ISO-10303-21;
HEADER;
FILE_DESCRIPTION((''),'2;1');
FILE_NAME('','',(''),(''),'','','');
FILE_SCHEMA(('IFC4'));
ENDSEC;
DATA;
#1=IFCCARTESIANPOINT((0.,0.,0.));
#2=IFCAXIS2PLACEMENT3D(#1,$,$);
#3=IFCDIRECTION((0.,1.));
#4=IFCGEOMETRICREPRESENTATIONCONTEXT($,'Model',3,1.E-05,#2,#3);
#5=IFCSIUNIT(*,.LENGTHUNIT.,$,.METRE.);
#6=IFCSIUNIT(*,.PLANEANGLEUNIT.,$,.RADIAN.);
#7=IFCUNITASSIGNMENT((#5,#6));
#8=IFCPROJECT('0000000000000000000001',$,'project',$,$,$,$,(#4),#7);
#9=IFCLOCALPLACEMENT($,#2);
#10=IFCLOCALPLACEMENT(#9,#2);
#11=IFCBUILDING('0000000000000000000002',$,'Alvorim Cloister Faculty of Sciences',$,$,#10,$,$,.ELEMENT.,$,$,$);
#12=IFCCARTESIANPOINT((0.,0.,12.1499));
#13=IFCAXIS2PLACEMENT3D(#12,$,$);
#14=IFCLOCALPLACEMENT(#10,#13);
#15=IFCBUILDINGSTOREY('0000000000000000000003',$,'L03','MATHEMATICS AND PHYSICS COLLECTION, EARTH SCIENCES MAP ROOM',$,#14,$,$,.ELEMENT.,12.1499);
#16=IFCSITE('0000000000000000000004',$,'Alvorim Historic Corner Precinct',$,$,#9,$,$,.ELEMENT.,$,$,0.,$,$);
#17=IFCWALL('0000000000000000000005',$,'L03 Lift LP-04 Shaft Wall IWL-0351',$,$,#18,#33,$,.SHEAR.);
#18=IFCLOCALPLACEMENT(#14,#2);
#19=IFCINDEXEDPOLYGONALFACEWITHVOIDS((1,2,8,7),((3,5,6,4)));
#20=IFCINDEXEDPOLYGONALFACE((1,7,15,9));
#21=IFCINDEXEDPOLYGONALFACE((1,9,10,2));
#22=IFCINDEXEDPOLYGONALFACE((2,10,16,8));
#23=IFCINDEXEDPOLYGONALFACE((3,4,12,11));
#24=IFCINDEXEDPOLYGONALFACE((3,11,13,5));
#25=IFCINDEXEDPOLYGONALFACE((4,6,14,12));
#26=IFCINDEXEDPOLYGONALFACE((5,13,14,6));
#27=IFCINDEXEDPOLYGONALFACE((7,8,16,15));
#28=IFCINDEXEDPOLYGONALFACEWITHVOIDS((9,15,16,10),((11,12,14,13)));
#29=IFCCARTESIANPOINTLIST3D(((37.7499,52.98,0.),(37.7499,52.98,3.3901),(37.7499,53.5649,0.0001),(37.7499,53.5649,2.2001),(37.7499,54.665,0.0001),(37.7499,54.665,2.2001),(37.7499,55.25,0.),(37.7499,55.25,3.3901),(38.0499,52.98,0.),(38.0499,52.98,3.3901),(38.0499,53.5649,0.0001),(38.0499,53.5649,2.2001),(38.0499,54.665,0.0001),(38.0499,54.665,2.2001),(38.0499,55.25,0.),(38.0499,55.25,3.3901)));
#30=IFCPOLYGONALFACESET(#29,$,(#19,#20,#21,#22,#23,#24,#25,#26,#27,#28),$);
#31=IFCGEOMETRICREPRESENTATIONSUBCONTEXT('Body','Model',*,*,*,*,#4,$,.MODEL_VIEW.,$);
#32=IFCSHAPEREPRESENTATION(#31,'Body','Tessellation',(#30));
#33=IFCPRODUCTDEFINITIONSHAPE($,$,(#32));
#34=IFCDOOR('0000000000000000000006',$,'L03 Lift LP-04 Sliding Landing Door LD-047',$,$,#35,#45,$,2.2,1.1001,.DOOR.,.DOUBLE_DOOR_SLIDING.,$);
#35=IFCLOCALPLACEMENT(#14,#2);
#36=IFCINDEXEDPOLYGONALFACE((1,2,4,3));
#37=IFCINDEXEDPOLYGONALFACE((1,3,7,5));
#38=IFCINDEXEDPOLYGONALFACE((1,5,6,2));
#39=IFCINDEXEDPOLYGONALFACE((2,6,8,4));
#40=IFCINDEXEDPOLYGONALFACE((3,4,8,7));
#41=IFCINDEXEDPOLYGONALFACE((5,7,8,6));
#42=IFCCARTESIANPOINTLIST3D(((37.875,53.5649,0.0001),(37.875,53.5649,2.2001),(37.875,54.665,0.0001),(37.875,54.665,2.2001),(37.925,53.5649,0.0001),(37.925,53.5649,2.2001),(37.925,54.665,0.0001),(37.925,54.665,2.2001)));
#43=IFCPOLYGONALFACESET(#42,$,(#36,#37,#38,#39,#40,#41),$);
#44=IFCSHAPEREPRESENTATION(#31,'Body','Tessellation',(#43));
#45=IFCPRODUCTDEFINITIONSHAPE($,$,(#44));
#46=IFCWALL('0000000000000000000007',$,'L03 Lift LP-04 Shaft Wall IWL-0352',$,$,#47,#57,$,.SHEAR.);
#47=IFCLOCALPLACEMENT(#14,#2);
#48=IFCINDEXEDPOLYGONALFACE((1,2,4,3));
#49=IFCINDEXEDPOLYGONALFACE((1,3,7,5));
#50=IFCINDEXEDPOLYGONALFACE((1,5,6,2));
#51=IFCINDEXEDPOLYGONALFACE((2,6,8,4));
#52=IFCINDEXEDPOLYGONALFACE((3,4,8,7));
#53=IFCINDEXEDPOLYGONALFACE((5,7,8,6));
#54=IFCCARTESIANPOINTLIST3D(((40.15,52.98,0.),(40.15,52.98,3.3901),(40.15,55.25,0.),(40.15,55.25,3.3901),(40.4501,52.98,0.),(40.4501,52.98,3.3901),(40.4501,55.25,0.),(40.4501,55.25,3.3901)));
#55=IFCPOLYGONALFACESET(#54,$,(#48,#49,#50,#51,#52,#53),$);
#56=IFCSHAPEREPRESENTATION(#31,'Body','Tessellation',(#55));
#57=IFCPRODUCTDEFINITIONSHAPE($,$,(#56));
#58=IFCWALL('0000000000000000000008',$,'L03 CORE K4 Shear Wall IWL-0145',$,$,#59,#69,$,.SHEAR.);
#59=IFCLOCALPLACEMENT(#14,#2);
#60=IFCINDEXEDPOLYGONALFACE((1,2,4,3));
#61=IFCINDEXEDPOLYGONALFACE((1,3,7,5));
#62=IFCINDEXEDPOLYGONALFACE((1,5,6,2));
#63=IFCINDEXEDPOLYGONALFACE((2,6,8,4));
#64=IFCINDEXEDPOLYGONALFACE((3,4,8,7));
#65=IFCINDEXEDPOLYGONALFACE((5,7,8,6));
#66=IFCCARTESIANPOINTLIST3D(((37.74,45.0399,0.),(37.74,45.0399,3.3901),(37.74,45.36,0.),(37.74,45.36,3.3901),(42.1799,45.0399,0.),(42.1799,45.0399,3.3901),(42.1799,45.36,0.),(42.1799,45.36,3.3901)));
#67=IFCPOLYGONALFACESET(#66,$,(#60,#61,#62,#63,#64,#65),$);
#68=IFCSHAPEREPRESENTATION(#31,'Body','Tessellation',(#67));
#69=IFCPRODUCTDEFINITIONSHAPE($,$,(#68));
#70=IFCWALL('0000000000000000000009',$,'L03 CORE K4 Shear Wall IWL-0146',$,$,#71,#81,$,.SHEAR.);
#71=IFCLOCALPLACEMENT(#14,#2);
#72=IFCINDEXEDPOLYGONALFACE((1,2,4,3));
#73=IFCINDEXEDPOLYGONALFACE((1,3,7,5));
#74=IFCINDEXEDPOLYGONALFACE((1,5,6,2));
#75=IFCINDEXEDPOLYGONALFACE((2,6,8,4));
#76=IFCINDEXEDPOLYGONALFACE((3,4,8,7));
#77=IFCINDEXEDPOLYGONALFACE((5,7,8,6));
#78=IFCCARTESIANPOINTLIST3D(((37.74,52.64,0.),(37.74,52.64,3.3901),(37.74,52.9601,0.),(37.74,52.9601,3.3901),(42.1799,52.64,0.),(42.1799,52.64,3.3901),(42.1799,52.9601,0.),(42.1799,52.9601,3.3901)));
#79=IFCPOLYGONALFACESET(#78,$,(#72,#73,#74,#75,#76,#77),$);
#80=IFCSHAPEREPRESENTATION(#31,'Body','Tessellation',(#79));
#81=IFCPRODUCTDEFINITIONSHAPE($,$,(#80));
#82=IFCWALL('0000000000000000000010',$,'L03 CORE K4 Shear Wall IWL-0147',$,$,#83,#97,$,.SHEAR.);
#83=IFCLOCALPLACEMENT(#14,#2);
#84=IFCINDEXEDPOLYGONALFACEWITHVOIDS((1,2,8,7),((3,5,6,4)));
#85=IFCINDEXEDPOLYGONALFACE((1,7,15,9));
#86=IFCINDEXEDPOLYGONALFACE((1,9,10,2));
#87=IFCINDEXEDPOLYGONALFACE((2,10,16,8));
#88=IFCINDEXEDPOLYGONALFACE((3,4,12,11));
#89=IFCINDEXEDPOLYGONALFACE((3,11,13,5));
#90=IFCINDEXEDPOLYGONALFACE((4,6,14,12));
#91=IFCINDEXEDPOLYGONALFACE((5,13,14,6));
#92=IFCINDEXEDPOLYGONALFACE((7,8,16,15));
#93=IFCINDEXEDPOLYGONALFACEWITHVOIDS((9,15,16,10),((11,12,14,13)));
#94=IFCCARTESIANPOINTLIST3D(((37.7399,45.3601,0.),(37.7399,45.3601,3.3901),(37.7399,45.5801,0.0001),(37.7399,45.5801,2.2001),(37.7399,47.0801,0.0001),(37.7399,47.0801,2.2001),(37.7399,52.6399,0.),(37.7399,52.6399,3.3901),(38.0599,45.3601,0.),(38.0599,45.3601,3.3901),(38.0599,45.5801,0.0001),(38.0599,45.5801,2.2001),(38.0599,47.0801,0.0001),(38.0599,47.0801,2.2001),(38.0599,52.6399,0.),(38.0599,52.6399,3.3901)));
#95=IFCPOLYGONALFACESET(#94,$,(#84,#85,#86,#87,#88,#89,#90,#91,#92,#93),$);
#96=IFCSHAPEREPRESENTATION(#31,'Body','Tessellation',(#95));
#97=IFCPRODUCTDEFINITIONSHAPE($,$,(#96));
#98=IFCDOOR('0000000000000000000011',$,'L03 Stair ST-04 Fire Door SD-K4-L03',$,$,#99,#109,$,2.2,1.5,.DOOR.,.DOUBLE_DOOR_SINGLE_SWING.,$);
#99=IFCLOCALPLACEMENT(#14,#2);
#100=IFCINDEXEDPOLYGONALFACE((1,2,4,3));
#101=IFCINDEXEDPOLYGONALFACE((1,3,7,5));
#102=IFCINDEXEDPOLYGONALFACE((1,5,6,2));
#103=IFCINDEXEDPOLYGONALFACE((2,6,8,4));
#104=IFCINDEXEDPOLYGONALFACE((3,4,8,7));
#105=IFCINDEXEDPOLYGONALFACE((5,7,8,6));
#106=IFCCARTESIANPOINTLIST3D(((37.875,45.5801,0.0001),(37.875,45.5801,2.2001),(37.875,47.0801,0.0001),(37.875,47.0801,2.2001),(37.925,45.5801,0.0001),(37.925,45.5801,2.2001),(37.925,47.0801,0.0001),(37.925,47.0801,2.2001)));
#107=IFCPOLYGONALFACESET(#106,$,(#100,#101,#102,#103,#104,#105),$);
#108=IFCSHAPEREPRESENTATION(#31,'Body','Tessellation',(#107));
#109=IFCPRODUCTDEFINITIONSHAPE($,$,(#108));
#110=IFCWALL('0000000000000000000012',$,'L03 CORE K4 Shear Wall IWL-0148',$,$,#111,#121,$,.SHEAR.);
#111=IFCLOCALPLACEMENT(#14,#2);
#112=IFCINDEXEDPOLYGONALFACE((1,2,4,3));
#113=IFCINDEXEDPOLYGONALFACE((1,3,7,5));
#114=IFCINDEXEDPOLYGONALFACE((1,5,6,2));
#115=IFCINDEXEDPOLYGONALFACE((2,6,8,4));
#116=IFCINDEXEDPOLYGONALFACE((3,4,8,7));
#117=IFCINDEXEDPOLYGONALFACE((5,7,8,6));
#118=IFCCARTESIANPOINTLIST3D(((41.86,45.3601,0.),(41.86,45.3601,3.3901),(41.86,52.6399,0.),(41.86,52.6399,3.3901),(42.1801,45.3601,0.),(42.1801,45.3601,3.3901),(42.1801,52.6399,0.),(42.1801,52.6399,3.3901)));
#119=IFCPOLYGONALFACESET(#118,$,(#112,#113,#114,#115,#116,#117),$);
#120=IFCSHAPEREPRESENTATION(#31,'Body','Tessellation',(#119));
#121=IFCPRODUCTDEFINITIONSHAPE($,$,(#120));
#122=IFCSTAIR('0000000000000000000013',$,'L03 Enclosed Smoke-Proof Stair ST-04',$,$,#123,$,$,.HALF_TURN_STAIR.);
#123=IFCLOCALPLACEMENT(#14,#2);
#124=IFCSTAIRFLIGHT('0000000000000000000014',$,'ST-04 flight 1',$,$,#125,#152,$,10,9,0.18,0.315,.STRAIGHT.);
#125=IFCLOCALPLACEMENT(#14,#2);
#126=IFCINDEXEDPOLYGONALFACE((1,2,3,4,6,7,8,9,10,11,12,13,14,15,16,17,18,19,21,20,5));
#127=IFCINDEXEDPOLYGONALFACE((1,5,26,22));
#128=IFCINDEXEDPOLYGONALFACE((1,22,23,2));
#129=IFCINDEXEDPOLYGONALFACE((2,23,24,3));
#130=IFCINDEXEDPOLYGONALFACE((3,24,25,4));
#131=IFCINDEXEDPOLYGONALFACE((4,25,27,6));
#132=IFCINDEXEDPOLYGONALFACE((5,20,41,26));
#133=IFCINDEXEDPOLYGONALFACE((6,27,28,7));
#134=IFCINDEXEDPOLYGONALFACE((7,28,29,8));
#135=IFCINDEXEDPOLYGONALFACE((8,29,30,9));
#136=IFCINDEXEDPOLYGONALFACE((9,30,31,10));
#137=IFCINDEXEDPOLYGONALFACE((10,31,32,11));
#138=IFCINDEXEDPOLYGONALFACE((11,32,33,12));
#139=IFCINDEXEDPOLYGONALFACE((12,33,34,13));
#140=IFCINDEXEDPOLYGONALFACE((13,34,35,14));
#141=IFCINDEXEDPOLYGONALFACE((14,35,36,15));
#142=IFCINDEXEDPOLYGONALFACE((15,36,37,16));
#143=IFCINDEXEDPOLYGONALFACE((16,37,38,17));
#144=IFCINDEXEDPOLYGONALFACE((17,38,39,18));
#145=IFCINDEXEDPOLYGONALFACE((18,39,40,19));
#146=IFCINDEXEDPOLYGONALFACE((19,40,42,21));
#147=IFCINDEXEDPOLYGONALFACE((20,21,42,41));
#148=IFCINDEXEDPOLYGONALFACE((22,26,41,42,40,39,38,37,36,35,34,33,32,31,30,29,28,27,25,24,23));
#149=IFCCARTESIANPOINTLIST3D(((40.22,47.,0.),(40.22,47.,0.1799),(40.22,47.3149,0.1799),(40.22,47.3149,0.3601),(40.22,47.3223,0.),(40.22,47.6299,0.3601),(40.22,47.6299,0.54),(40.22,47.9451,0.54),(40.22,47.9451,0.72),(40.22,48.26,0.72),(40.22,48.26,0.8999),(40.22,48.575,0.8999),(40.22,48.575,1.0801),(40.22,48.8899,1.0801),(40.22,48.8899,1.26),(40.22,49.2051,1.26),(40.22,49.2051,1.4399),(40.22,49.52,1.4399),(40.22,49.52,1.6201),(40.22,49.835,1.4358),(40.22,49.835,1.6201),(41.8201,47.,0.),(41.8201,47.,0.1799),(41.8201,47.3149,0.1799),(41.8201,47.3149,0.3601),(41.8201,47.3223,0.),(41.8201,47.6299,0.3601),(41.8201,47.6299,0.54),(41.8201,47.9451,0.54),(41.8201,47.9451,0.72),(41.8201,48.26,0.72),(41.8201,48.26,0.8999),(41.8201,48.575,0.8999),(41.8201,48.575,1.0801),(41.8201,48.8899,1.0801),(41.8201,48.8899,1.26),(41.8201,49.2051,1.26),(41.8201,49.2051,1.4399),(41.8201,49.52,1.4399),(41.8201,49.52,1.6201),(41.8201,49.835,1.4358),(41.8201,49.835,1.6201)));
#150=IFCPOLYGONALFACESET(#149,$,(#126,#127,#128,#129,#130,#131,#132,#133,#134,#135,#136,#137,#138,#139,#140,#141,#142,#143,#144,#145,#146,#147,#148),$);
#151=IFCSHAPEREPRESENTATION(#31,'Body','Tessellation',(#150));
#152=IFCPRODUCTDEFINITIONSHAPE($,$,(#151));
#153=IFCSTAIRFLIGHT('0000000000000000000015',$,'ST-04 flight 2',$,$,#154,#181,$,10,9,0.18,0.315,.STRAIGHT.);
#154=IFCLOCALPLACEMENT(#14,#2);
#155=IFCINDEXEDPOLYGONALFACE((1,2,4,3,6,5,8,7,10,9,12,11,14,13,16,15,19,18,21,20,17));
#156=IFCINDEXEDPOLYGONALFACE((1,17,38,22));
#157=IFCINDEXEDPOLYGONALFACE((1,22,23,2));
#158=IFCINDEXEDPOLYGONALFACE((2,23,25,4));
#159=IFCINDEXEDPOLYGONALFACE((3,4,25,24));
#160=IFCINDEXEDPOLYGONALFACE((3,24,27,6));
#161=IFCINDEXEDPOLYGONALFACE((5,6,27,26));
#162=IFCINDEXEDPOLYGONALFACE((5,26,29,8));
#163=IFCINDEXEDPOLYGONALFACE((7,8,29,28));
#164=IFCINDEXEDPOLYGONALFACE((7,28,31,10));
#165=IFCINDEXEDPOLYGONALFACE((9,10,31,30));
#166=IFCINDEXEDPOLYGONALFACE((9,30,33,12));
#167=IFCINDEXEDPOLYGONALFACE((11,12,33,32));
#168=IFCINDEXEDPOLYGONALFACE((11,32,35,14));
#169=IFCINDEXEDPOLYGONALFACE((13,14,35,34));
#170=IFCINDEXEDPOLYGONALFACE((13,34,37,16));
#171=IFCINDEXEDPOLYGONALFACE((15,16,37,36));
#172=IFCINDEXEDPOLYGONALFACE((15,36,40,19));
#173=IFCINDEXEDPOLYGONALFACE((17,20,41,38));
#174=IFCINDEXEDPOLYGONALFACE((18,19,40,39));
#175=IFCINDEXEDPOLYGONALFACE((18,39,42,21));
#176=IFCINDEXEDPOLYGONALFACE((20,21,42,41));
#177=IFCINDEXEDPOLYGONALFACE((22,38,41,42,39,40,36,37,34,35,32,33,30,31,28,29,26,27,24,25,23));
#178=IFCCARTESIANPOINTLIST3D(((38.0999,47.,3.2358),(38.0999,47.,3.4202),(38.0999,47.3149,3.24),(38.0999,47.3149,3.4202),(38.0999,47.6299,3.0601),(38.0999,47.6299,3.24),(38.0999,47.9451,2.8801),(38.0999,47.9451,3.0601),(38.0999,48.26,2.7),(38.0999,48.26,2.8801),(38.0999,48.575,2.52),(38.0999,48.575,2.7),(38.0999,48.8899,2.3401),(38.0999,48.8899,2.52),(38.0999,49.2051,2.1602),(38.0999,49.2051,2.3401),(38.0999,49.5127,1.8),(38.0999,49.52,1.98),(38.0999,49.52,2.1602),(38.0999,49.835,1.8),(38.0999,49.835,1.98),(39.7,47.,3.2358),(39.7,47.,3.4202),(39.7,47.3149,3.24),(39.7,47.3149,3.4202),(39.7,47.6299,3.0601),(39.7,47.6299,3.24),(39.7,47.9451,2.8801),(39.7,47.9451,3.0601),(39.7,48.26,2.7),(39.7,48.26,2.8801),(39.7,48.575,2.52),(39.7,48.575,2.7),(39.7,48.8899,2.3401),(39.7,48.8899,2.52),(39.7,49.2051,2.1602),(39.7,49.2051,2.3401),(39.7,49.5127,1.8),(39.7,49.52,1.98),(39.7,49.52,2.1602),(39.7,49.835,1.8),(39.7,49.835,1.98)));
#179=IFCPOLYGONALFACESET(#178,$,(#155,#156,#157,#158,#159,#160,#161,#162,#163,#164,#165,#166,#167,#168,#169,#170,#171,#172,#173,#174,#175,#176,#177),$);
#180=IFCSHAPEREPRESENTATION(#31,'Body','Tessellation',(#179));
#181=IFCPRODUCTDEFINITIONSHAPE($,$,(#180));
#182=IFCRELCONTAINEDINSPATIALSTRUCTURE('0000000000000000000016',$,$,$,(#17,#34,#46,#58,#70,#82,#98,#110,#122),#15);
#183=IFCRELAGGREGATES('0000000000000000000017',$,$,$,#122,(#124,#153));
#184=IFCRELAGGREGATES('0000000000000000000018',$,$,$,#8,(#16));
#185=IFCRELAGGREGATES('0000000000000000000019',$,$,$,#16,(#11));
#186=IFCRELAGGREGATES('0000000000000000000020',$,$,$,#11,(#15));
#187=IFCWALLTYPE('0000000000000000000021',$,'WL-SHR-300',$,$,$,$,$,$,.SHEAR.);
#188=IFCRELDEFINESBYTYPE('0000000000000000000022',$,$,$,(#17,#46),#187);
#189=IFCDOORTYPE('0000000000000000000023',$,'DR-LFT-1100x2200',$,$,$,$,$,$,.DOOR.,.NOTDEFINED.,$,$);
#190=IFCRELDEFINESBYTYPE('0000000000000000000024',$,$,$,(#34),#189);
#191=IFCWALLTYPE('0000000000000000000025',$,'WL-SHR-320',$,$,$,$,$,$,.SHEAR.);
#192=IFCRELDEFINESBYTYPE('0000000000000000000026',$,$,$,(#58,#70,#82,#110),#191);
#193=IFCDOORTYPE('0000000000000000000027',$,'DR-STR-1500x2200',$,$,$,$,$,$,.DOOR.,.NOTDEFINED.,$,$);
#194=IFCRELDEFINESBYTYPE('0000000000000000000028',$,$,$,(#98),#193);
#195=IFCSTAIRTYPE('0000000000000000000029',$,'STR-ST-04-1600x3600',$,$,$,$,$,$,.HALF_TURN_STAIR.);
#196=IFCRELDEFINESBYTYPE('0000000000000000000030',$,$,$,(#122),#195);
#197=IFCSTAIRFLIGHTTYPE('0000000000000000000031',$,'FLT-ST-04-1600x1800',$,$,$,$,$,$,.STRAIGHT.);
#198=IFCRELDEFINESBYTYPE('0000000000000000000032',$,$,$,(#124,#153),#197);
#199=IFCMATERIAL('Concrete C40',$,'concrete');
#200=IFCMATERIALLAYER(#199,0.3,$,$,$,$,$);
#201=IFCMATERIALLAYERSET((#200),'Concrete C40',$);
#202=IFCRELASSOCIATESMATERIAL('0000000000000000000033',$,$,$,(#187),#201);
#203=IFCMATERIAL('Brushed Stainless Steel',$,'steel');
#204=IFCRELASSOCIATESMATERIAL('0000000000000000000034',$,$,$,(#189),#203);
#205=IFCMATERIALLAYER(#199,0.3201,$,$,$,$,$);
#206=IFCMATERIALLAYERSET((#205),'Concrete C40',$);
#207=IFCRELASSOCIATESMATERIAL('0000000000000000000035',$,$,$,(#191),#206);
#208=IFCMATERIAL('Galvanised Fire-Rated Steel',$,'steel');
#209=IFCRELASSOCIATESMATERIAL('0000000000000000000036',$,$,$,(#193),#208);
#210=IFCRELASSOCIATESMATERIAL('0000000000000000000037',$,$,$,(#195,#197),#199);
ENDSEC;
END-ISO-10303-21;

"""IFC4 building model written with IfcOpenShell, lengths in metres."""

from ifc_helpers import new_model, si_unit, direction, frame, frame_2d, origin, place, context, subcontext, project, spatial, polyline, rectangle, outline, extrude, material, layer, layer_set, type_object, element, fill, aggregate, save


model = new_model("IFC4")

# Units and contexts
model_context = context("Model", 3, precision=1e-05, world=origin(), true_north=direction((0.0, 1.0)))
body_context = subcontext(model_context, "Body", "Model", "MODEL_VIEW")
ifc_project = project(units=[si_unit("LENGTHUNIT", "METRE"), si_unit("PLANEANGLEUNIT", "RADIAN")], contexts=[model_context])

# Site, building, storey
site_placement = place(None, origin())
site = spatial("IfcSite", under=ifc_project, at=site_placement, Name="Alvorim Historic Corner Precinct", CompositionType="ELEMENT", RefElevation=0.0)
building_placement = place(site_placement, origin())
building = spatial("IfcBuilding", under=site, at=building_placement, Name="Alvorim Cloister Faculty of Sciences", CompositionType="ELEMENT")
storey_placement = place(building_placement, frame((0.0, 0.0, 12.1499)))
storey = spatial("IfcBuildingStorey", under=building, at=storey_placement, Name="L03", Description="MATHEMATICS AND PHYSICS COLLECTION, EARTH SCIENCES MAP ROOM", CompositionType="ELEMENT", Elevation=12.1499)

# Shared definitions
ifc_material_1 = material(Name="Concrete C40", Category="concrete")
ifc_layer_1 = layer(ifc_material_1, 0.3)
ifc_layer_set_1 = layer_set([ifc_layer_1], Name="Concrete C40")
wall_type_1 = type_object("IfcWallType", Name="WL-SHR-300", PredefinedType="SHEAR", material=ifc_layer_set_1)

# Wall, opening, door
wall_1_placement = place(storey_placement, frame((37.8999, 52.98, 0.0), z_axis=(0.0, 0.0, 1.0), x_axis=(0.0, 1.0, 0.0)))
wall_1 = element("IfcWall", 1, at=wall_1_placement, inside=storey, type_object=wall_type_1, Name="L03 Lift LP-04 Shaft Wall IWL-0351", PredefinedType="SHEAR", context=body_context, shape_type="SweptSolid", body=[
    extrude(rectangle(XDim=2.27, YDim=0.3, at=frame_2d((1.135, 0.0))), origin(), (0.0, 0.0, 1.0), 3.3901),
])
opening_1_placement = place(wall_1_placement, frame((0.585, 0.0, 0.0)))
opening_1 = element("IfcOpeningElement", 2, at=opening_1_placement, cuts=wall_1, PredefinedType="OPENING", context=body_context, shape_type="SweptSolid", body=[
    extrude(rectangle(XDim=1.1001, YDim=2.2, at=frame_2d((0.55, 1.1001))), frame((0.0, 0.1621, 0.0), z_axis=(0.0, -1.0, 0.0), x_axis=(1.0, 0.0, 0.0)), (0.0, 0.0, 1.0), 0.324),
])
ifc_material_2 = material(Name="Brushed Stainless Steel", Category="steel")
door_type_1 = type_object("IfcDoorType", Name="DR-LFT-1100x2200", OperationType="NOTDEFINED", PredefinedType="DOOR", material=ifc_material_2)
door_1_placement = place(opening_1_placement, origin())
door_1 = element("IfcDoor", 3, at=door_1_placement, inside=storey, type_object=door_type_1, Name="L03 Lift LP-04 Sliding Landing Door LD-047", OperationType="DOUBLE_DOOR_SLIDING", OverallHeight=2.2, OverallWidth=1.1001, PredefinedType="DOOR", context=body_context, shape_type="SweptSolid", body=[
    extrude(rectangle(XDim=1.1001, YDim=2.2, at=frame_2d((0.55, 1.1001))), frame((0.0, 0.0249, 0.0), z_axis=(0.0, -1.0, 0.0), x_axis=(1.0, 0.0, 0.0)), (0.0, 0.0, 1.0), 0.05),
])
fill(opening_1, door_1)

# Walls
wall_2_placement = place(storey_placement, frame((40.3, 52.98, 0.0), z_axis=(0.0, 0.0, 1.0), x_axis=(0.0, 1.0, 0.0)))
element("IfcWall", 4, at=wall_2_placement, inside=storey, type_object=wall_type_1, Name="L03 Lift LP-04 Shaft Wall IWL-0352", PredefinedType="SHEAR", context=body_context, shape_type="SweptSolid", body=[
    extrude(rectangle(XDim=2.27, YDim=0.3, at=frame_2d((1.135, 0.0))), origin(), (0.0, 0.0, 1.0), 3.3901),
])
ifc_layer_2 = layer(ifc_material_1, 0.3201)
ifc_layer_set_2 = layer_set([ifc_layer_2], Name="Concrete C40")
wall_type_2 = type_object("IfcWallType", Name="WL-SHR-320", PredefinedType="SHEAR", material=ifc_layer_set_2)
for number, where, z_axis, x_axis, name in (
    (5, (37.74, 45.2, 0.0), (0.0, 0.0, 1.0), (1.0, 0.0, 0.0), "L03 CORE K4 Shear Wall IWL-0145"),
    (6, (37.74, 52.8, 0.0), (0.0, 0.0, 1.0), (1.0, 0.0, 0.0), "L03 CORE K4 Shear Wall IWL-0146"),
):
    element("IfcWall", number, at=place(storey_placement, frame(where, z_axis=z_axis, x_axis=x_axis)), inside=storey, type_object=wall_type_2, Name=name, PredefinedType="SHEAR", context=body_context, shape_type="SweptSolid", body=[
        extrude(rectangle(XDim=4.4399, YDim=0.3201, at=frame_2d((2.22, 0.0))), origin(), (0.0, 0.0, 1.0), 3.3901),
    ])

# Wall, opening, door
wall_3_placement = place(storey_placement, frame((37.8999, 45.3601, 0.0), z_axis=(0.0, 0.0, 1.0), x_axis=(0.0, 1.0, 0.0)))
wall_3 = element("IfcWall", 7, at=wall_3_placement, inside=storey, type_object=wall_type_2, Name="L03 CORE K4 Shear Wall IWL-0147", PredefinedType="SHEAR", context=body_context, shape_type="SweptSolid", body=[
    extrude(rectangle(XDim=7.2798, YDim=0.3201, at=frame_2d((3.6399, 0.0))), origin(), (0.0, 0.0, 1.0), 3.3901),
])
opening_2_placement = place(wall_3_placement, frame((0.22, 0.0, 0.0)))
opening_2 = element("IfcOpeningElement", 8, at=opening_2_placement, cuts=wall_3, PredefinedType="OPENING", context=body_context, shape_type="SweptSolid", body=[
    extrude(rectangle(XDim=1.5, YDim=2.2, at=frame_2d((0.75, 1.1001))), frame((0.0, 0.1719, 0.0), z_axis=(0.0, -1.0, 0.0), x_axis=(1.0, 0.0, 0.0)), (0.0, 0.0, 1.0), 0.344),
])
ifc_material_3 = material(Name="Galvanised Fire-Rated Steel", Category="steel")
door_type_2 = type_object("IfcDoorType", Name="DR-STR-1500x2200", OperationType="NOTDEFINED", PredefinedType="DOOR", material=ifc_material_3)
door_2_placement = place(opening_2_placement, origin())
door_2 = element("IfcDoor", 9, at=door_2_placement, inside=storey, type_object=door_type_2, Name="L03 Stair ST-04 Fire Door SD-K4-L03", OperationType="DOUBLE_DOOR_SINGLE_SWING", OverallHeight=2.2, OverallWidth=1.5, PredefinedType="DOOR", context=body_context, shape_type="SweptSolid", body=[
    extrude(rectangle(XDim=1.5, YDim=2.2, at=frame_2d((0.75, 1.1001))), frame((0.0, 0.0249, 0.0), z_axis=(0.0, -1.0, 0.0), x_axis=(1.0, 0.0, 0.0)), (0.0, 0.0, 1.0), 0.05),
])
fill(opening_2, door_2)

# Wall
wall_4_placement = place(storey_placement, frame((42.02, 45.3601, 0.0), z_axis=(0.0, 0.0, 1.0), x_axis=(0.0, 1.0, 0.0)))
element("IfcWall", 10, at=wall_4_placement, inside=storey, type_object=wall_type_2, Name="L03 CORE K4 Shear Wall IWL-0148", PredefinedType="SHEAR", context=body_context, shape_type="SweptSolid", body=[
    extrude(rectangle(XDim=7.2798, YDim=0.3201, at=frame_2d((3.6399, 0.0))), origin(), (0.0, 0.0, 1.0), 3.3901),
])

# Stair, stair flights
stair_type = type_object("IfcStairType", Name="STR-ST-04-1600x3600", PredefinedType="HALF_TURN_STAIR", material=ifc_material_1)
stair_placement = place(storey_placement, origin())
stair = element("IfcStair", 11, at=stair_placement, inside=storey, type_object=stair_type, Name="L03 Enclosed Smoke-Proof Stair ST-04", PredefinedType="HALF_TURN_STAIR")
stair_flight_type = type_object("IfcStairFlightType", Name="FLT-ST-04-1600x1800", PredefinedType="STRAIGHT", material=ifc_material_1)
stair_flight_1_placement = place(storey_placement, frame((41.02, 47.0, 0.0), z_axis=(0.0, 0.0, 1.0), x_axis=(0.0, 1.0, 0.0)))
stair_flight_1 = element("IfcStairFlight", 12, at=stair_flight_1_placement, type_object=stair_flight_type, Name="ST-04 flight 1", NumberOfRisers=10, NumberOfTreads=9, PredefinedType="STRAIGHT", RiserHeight=0.18, TreadLength=0.315, context=body_context, shape_type="SweptSolid", body=[
    extrude(outline(polyline([(0.3223, 0.0), (2.835, 1.4358), (2.835, 1.8), (2.835, 1.6201), (2.52, 1.6201), (2.52, 1.4399), (2.2051, 1.4399), (2.2051, 1.26), (1.8899, 1.26), (1.8899, 1.0801), (1.575, 1.0801), (1.575, 0.8999), (1.26, 0.8999), (1.26, 0.72), (0.9451, 0.72), (0.9451, 0.54), (0.6299, 0.54), (0.6299, 0.3601), (0.3149, 0.3601), (0.3149, 0.1799), (0.0, 0.1799), (0.0, 0.0), (0.3223, 0.0)])), frame((0.0, 0.8, 0.0), z_axis=(0.0, -1.0, 0.0), x_axis=(1.0, 0.0, 0.0)), (0.0, 0.0, 1.0), 1.6001),
])
stair_flight_2_placement = place(storey_placement, frame((38.8999, 49.835, 1.8), z_axis=(0.0, 0.0, 1.0), x_axis=(0.0, -1.0, 0.0)))
stair_flight_2 = element("IfcStairFlight", 13, at=stair_flight_2_placement, type_object=stair_flight_type, Name="ST-04 flight 2", NumberOfRisers=10, NumberOfTreads=9, PredefinedType="STRAIGHT", RiserHeight=0.18, TreadLength=0.315, context=body_context, shape_type="SweptSolid", body=[
    extrude(outline(polyline([(0.3223, 0.0), (2.835, 1.4358), (2.835, 1.8), (2.835, 1.6201), (2.52, 1.6201), (2.52, 1.4399), (2.2051, 1.4399), (2.2051, 1.26), (1.8899, 1.26), (1.8899, 1.0801), (1.575, 1.0801), (1.575, 0.8999), (1.26, 0.8999), (1.26, 0.72), (0.9451, 0.72), (0.9451, 0.54), (0.6299, 0.54), (0.6299, 0.3601), (0.3149, 0.3601), (0.3149, 0.1799), (0.0, 0.1799), (0.0, 0.0), (0.3223, 0.0)])), frame((0.0, 0.8, 0.0), z_axis=(0.0, -1.0, 0.0), x_axis=(1.0, 0.0, 0.0)), (0.0, 0.0, 1.0), 1.6001),
])
aggregate(stair, [stair_flight_1, stair_flight_2])

save(model, "model.ifc")
